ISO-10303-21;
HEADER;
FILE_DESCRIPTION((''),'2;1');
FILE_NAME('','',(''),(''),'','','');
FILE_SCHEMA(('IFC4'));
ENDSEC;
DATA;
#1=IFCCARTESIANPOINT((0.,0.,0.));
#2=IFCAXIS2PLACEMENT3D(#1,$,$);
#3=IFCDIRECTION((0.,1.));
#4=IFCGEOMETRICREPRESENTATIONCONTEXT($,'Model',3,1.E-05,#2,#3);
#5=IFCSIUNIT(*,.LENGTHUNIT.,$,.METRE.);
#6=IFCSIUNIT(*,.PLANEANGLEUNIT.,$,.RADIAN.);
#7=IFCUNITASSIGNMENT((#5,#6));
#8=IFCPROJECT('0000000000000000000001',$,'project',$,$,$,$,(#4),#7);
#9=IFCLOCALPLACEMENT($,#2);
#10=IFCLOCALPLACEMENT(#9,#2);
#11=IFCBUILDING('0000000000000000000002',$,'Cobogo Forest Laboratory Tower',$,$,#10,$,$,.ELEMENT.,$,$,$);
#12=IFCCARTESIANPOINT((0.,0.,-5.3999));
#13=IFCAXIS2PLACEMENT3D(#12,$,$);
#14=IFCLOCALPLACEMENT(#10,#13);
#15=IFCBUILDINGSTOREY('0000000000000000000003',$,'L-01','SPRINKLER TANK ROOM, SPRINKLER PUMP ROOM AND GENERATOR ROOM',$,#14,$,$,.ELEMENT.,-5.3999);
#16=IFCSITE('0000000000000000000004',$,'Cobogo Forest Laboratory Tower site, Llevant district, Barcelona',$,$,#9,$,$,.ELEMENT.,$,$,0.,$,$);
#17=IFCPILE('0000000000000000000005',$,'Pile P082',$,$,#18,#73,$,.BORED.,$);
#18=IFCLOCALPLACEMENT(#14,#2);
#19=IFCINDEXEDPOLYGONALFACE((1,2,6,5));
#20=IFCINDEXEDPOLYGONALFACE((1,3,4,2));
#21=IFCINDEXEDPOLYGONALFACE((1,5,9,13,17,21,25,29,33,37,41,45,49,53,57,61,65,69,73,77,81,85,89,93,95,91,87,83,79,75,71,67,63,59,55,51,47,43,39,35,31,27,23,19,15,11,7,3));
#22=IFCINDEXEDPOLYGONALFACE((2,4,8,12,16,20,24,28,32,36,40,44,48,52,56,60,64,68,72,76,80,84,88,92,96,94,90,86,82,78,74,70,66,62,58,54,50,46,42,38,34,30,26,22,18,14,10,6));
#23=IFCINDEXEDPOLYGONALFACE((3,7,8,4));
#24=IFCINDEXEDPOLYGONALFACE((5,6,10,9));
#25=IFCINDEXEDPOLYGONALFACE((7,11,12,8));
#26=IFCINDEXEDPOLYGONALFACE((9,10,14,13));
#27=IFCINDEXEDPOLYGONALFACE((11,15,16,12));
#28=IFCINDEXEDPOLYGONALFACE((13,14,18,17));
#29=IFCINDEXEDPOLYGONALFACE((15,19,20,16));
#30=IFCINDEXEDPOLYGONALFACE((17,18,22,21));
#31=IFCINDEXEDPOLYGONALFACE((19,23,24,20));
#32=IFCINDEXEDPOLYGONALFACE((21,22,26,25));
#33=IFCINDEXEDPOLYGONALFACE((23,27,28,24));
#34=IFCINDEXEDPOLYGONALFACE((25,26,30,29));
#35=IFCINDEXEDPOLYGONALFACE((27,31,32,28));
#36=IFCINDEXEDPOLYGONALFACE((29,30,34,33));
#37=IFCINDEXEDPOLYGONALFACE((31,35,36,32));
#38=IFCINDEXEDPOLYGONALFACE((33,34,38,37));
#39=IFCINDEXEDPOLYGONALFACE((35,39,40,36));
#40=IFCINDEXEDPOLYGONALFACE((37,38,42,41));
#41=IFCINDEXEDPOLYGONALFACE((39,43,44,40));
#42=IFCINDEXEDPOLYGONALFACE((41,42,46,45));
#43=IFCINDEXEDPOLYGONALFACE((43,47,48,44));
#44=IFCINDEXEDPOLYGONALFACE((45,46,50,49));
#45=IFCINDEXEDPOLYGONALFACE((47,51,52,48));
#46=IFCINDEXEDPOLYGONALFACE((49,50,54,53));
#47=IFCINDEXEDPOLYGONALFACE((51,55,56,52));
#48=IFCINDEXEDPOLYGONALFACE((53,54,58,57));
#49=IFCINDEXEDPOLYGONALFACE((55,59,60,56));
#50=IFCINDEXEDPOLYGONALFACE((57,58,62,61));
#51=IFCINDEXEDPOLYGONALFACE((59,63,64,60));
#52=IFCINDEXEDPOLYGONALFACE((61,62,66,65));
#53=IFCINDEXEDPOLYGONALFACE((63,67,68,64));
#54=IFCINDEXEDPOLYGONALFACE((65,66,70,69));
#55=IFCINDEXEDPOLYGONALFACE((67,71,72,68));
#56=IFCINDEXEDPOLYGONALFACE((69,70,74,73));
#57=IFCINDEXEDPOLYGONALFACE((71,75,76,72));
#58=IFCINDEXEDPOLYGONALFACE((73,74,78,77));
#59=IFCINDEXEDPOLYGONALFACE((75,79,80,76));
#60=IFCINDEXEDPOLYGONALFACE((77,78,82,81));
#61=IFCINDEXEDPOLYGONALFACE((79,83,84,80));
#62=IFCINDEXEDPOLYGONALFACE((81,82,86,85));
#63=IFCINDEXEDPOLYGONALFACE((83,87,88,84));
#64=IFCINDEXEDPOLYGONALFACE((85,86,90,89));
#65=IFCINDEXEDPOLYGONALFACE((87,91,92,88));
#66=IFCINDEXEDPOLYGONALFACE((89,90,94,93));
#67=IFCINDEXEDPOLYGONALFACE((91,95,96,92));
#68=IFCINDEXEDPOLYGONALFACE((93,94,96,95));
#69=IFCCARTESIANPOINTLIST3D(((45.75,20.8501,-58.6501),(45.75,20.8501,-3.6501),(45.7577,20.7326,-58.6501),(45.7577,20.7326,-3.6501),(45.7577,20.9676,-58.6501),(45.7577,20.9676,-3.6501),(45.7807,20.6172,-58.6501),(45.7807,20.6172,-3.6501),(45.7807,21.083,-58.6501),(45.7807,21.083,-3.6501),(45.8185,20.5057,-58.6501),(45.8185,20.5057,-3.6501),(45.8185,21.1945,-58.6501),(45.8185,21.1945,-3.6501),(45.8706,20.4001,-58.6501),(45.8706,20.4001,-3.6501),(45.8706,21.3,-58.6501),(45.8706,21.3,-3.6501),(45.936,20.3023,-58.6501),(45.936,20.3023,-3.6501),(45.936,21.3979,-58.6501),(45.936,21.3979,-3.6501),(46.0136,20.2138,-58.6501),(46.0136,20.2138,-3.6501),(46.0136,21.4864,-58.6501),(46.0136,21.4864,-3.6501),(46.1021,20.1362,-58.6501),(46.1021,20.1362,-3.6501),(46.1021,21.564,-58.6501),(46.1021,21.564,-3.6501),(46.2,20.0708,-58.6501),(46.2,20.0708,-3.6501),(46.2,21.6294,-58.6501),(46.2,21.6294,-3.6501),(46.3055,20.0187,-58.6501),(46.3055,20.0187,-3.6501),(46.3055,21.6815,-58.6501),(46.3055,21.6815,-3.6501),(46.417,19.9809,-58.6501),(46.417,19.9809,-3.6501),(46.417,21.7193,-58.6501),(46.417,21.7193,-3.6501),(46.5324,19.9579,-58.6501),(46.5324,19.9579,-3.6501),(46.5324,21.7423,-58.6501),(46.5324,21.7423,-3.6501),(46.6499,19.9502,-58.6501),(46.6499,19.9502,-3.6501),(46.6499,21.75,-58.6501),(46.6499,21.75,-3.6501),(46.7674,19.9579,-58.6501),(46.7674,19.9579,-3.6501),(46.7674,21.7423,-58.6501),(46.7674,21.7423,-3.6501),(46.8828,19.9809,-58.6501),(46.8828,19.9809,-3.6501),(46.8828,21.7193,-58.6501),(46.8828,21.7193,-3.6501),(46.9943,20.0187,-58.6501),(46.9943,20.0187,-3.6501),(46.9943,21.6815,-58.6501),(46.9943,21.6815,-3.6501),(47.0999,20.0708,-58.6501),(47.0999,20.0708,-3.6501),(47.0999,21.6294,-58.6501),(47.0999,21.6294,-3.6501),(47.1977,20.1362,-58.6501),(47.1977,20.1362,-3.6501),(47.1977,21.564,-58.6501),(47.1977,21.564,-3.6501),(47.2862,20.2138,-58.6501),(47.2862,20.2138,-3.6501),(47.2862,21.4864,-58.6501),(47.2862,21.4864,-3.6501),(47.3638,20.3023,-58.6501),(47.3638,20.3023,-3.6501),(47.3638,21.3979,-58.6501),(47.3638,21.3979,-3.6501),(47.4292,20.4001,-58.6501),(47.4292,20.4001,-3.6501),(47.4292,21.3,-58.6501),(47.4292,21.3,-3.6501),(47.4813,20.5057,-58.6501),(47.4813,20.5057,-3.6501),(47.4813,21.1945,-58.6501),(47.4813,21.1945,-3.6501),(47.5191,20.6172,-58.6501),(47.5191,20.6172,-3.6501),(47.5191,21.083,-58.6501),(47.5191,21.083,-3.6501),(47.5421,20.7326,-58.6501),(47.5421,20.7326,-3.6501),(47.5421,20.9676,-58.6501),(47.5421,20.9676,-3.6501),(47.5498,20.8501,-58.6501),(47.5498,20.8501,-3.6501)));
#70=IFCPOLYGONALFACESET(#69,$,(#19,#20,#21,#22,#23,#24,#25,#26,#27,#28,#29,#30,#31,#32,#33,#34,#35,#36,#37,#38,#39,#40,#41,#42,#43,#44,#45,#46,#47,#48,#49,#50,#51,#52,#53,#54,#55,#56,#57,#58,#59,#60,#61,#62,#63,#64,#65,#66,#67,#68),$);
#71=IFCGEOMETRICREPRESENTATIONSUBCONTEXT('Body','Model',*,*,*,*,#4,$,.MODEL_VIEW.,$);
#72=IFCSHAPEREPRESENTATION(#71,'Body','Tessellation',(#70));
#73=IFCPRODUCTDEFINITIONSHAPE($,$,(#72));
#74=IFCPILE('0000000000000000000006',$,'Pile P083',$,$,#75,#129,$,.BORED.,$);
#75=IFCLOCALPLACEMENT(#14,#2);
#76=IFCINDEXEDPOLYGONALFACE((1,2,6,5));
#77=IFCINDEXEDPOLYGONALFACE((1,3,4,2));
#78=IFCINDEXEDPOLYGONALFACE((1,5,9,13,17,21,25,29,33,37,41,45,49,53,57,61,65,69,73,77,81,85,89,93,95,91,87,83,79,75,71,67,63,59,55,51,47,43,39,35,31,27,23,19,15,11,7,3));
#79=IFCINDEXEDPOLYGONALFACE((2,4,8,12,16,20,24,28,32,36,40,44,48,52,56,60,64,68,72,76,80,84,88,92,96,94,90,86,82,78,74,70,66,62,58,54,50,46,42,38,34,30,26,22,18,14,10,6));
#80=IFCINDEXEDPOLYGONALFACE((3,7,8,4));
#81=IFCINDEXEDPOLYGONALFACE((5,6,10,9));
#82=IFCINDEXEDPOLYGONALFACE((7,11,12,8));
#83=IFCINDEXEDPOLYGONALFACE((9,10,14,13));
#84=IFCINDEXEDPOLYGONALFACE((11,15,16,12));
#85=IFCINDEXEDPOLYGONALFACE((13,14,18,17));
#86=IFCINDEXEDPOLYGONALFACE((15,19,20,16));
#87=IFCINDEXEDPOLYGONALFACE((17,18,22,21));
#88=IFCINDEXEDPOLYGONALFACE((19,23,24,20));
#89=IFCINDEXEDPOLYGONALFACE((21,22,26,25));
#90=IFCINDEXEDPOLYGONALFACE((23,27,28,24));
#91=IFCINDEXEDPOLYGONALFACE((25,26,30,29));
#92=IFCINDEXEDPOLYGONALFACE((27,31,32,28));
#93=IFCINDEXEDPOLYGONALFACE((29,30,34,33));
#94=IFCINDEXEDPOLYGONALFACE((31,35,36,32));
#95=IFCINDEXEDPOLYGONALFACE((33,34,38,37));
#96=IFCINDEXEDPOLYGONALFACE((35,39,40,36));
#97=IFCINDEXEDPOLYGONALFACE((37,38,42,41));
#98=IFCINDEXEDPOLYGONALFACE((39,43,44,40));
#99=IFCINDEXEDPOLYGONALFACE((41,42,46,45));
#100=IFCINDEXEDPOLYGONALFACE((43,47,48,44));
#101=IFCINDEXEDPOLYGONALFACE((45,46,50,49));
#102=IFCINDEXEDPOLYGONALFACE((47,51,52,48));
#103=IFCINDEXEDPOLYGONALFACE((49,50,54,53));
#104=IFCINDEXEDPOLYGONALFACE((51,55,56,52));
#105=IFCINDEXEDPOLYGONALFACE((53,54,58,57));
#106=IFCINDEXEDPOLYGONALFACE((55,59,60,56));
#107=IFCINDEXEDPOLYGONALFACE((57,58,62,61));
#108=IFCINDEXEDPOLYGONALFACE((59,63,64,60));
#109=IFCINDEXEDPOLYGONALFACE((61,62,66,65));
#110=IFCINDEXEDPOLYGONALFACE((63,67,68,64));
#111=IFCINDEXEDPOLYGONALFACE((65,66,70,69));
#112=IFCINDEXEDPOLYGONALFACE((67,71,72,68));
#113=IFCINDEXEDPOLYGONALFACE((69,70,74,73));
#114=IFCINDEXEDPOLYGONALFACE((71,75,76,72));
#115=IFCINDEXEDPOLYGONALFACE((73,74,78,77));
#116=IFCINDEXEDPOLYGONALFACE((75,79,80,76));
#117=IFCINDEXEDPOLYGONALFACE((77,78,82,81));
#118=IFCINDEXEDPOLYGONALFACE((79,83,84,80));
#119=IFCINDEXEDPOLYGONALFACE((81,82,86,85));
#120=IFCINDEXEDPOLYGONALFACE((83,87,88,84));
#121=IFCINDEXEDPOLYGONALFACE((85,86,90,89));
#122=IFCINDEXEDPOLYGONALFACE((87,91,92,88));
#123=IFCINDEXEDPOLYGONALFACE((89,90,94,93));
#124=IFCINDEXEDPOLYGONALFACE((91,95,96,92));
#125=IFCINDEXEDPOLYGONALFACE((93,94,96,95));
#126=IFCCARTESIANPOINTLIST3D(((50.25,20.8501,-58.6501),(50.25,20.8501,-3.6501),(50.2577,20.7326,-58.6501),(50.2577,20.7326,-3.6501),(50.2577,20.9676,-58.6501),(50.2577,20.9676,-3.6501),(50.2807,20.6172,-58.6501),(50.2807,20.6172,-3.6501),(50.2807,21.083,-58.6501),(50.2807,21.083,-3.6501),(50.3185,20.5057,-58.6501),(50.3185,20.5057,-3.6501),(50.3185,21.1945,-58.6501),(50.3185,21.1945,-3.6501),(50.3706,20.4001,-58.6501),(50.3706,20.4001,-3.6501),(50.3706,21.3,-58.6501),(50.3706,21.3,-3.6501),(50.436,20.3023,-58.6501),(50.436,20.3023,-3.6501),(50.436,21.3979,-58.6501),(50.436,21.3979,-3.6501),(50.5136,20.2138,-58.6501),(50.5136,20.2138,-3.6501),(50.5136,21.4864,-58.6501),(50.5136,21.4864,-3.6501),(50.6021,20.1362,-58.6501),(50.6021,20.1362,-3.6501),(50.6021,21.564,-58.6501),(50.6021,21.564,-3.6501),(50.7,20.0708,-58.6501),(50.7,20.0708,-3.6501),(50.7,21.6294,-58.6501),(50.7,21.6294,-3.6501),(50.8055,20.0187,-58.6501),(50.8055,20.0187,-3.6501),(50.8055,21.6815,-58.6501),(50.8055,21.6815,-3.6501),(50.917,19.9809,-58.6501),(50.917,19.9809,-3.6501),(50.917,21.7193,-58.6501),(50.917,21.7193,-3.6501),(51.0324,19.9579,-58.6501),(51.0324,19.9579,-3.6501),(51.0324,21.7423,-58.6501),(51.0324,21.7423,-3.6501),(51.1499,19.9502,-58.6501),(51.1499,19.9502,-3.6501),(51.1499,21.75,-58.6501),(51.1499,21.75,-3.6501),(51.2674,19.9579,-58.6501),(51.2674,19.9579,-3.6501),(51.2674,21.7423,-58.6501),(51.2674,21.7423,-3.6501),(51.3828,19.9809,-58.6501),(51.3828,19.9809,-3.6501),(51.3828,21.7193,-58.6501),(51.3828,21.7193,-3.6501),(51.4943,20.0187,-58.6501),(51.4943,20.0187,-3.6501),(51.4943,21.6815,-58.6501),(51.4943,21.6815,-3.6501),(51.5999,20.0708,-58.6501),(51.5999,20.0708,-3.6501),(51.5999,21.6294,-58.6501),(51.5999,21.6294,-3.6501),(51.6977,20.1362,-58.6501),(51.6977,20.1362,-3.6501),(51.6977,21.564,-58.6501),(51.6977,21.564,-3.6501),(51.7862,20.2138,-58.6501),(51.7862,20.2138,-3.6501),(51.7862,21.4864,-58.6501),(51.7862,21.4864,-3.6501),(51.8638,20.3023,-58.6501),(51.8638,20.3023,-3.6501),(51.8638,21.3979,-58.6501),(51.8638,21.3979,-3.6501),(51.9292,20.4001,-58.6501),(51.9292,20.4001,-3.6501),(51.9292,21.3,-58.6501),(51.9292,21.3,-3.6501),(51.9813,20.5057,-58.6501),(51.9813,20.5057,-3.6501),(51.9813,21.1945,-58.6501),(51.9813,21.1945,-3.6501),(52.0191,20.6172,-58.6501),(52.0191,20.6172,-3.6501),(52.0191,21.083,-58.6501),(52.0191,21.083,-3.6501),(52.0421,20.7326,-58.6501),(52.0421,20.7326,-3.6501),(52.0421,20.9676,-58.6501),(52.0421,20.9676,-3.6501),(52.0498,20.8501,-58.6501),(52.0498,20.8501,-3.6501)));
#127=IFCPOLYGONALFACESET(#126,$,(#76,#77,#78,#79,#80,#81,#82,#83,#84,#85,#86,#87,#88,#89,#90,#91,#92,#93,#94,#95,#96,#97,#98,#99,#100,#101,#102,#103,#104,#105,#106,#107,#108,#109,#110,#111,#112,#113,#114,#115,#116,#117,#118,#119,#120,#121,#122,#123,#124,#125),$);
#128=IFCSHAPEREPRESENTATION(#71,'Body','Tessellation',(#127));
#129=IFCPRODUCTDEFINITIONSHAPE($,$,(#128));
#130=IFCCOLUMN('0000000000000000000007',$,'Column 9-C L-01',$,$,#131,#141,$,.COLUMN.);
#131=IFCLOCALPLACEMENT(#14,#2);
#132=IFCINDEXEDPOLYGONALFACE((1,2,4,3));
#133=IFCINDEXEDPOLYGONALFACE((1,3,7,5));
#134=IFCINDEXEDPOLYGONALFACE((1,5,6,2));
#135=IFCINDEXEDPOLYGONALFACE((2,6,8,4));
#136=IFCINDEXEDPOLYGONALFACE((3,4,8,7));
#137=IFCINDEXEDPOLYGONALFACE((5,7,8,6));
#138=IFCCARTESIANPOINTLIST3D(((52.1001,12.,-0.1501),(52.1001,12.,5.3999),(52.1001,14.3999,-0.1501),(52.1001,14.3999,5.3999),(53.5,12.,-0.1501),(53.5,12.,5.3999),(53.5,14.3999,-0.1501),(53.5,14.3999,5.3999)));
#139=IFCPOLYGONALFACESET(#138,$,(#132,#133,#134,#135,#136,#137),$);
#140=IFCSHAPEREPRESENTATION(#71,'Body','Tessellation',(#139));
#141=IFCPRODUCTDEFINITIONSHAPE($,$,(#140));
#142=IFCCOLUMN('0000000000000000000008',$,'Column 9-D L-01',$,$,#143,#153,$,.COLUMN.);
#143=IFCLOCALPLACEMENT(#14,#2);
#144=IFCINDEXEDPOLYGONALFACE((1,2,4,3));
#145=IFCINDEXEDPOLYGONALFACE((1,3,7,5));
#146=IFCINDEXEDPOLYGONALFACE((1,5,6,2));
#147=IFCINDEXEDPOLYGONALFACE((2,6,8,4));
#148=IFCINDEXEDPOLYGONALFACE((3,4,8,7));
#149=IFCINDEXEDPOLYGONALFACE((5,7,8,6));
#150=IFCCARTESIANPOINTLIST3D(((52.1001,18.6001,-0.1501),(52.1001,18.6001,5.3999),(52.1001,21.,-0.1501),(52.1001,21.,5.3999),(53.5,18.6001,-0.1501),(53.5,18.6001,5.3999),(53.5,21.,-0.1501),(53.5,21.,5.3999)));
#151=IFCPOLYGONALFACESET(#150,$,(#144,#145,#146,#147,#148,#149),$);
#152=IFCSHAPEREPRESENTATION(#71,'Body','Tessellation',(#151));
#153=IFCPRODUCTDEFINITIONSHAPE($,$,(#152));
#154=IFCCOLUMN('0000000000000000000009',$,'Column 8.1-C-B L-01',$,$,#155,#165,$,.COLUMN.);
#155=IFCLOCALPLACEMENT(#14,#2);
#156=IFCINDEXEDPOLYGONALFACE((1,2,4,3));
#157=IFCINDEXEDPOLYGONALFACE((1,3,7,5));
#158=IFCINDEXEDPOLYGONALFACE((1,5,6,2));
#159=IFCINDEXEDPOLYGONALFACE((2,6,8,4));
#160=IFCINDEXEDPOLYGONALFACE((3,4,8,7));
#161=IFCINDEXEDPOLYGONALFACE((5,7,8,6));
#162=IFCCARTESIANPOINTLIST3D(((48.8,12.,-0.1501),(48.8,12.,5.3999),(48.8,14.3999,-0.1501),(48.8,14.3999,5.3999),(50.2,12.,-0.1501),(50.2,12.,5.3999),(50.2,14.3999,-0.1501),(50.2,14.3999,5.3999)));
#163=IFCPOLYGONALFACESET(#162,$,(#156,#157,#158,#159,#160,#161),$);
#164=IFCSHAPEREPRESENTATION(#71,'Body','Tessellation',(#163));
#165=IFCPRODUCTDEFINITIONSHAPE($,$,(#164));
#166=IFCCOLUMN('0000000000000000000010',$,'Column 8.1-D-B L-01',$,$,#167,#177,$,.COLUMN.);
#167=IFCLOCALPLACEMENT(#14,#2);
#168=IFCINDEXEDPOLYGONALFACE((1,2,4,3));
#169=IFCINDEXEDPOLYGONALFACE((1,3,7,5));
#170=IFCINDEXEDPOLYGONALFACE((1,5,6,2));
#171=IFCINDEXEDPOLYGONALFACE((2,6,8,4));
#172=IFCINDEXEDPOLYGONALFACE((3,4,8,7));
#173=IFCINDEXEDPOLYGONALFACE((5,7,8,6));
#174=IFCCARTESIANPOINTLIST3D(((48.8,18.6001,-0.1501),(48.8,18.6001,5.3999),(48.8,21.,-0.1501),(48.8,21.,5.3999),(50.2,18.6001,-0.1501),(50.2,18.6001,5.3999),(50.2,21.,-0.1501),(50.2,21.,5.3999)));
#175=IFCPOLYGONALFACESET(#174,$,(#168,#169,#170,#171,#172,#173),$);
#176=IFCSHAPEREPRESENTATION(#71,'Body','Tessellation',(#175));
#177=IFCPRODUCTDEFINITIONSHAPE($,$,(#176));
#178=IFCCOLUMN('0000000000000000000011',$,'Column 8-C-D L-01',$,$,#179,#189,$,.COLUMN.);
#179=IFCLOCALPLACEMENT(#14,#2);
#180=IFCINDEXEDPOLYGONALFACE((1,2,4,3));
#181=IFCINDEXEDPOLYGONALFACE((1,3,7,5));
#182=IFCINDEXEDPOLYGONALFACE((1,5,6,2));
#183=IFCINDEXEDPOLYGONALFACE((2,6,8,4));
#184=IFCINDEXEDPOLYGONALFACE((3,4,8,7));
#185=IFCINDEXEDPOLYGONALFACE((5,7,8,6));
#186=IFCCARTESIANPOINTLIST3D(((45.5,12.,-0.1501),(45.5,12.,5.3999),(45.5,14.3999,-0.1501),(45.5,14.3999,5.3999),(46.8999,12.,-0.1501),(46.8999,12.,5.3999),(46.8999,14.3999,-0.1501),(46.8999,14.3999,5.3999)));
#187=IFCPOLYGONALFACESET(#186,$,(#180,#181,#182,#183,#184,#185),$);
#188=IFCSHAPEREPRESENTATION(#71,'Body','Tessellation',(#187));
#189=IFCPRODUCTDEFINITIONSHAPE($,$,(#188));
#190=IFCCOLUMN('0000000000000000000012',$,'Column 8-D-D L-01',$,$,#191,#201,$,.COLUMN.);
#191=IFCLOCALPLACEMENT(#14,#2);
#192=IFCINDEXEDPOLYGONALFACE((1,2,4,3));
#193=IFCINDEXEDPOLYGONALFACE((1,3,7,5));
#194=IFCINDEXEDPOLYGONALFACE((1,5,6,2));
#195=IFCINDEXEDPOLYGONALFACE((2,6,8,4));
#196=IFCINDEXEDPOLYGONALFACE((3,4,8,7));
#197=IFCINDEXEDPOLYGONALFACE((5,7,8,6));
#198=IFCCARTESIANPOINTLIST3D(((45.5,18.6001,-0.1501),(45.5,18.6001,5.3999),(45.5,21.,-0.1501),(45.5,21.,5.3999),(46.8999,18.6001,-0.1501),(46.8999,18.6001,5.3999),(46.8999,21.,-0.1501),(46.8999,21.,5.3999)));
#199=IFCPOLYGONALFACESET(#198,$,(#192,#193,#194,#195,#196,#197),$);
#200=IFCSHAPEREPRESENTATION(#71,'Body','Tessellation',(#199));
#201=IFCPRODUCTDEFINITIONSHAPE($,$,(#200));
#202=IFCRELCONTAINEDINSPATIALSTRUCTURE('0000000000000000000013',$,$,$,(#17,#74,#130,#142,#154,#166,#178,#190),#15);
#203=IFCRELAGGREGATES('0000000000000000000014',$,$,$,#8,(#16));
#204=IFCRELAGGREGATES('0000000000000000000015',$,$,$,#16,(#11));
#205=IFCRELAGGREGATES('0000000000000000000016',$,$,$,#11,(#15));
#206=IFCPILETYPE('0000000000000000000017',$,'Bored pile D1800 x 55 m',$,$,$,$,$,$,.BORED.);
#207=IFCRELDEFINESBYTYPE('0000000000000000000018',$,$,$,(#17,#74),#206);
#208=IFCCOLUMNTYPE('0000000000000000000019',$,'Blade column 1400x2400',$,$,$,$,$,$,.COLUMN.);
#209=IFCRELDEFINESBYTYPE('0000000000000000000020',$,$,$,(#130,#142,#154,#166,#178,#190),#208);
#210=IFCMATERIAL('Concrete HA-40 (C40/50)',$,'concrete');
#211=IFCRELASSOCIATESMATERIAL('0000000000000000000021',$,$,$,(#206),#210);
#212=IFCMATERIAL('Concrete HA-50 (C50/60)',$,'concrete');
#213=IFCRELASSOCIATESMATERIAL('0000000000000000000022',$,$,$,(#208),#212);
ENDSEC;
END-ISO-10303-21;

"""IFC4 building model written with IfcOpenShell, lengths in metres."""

from ifc_helpers import new_model, si_unit, direction, frame, origin, origin_2d, place, context, subcontext, project, spatial, rectangle, circle, extrude, material, material_profile, profile_set, type_object, element, save


model = new_model("IFC4")

# Units and contexts
model_context = context("Model", 3, precision=1e-05, world=origin(), true_north=direction((0.0, 1.0)))
body_context = subcontext(model_context, "Body", "Model", "MODEL_VIEW")
ifc_project = project(units=[si_unit("LENGTHUNIT", "METRE"), si_unit("PLANEANGLEUNIT", "RADIAN")], contexts=[model_context])

# Site, building, storey
site_placement = place(None, origin())
site = spatial("IfcSite", under=ifc_project, at=site_placement, Name="Cobogo Forest Laboratory Tower site, Llevant district, Barcelona", CompositionType="ELEMENT", RefElevation=0.0)
building_placement = place(site_placement, origin())
building = spatial("IfcBuilding", under=site, at=building_placement, Name="Cobogo Forest Laboratory Tower", CompositionType="ELEMENT")
storey_placement = place(building_placement, frame((0.0, 0.0, -5.3999)))
storey = spatial("IfcBuildingStorey", under=building, at=storey_placement, Name="L-01", Description="SPRINKLER TANK ROOM, SPRINKLER PUMP ROOM AND GENERATOR ROOM", CompositionType="ELEMENT", Elevation=-5.3999)

# Piles
ifc_material_1 = material(Name="Concrete HA-40 (C40/50)", Category="concrete")
ifc_material_profile_1 = material_profile(ifc_material_1, circle(Radius=0.8999, at=origin_2d()), Name="PILE D1800")
ifc_profile_set_1 = profile_set([ifc_material_profile_1], Name="Concrete HA-40 (C40/50)")
pile_type_1 = type_object("IfcPileType", Name="Bored pile D1800 x 55 m", PredefinedType="BORED", material=ifc_profile_set_1)
for number, where, z_axis, x_axis, name in (
    (1, (46.6499, 20.8501, -3.6501), (0.0, 0.0, -1.0), (1.0, 0.0, 0.0), "Pile P082"),
    (2, (51.1499, 20.8501, -3.6501), (0.0, 0.0, -1.0), (1.0, 0.0, 0.0), "Pile P083"),
):
    element("IfcPile", number, at=place(storey_placement, frame(where, z_axis=z_axis, x_axis=x_axis)), inside=storey, type_object=pile_type_1, Name=name, PredefinedType="BORED", context=body_context, shape_type="SweptSolid", body=[
        extrude(circle(Radius=0.8999, at=origin_2d()), origin(), (0.0, 0.0, 1.0), 55.0),
    ])

# Columns
ifc_material_2 = material(Name="Concrete HA-50 (C50/60)", Category="concrete")
ifc_material_profile_2 = material_profile(ifc_material_2, rectangle(XDim=2.3999, YDim=1.3999, at=origin_2d()), Name="RC 1400x2400")
ifc_profile_set_2 = profile_set([ifc_material_profile_2], Name="Concrete HA-50 (C50/60)")
column_type = type_object("IfcColumnType", Name="Blade column 1400x2400", PredefinedType="COLUMN", material=ifc_profile_set_2)
for number, where, z_axis, x_axis, name in (
    (3, (52.8, 13.2, -0.1501), (0.0, 0.0, 1.0), (0.0, 1.0, 0.0), "Column 9-C L-01"),
    (4, (52.8, 19.8, -0.1501), (0.0, 0.0, 1.0), (0.0, 1.0, 0.0), "Column 9-D L-01"),
    (5, (49.5, 13.2, -0.1501), (0.0, 0.0, 1.0), (0.0, 1.0, 0.0), "Column 8.1-C-B L-01"),
    (6, (49.5, 19.8, -0.1501), (0.0, 0.0, 1.0), (0.0, 1.0, 0.0), "Column 8.1-D-B L-01"),
    (7, (46.2, 13.2, -0.1501), (0.0, 0.0, 1.0), (0.0, 1.0, 0.0), "Column 8-C-D L-01"),
    (8, (46.2, 19.8, -0.1501), (0.0, 0.0, 1.0), (0.0, 1.0, 0.0), "Column 8-D-D L-01"),
):
    element("IfcColumn", number, at=place(storey_placement, frame(where, z_axis=z_axis, x_axis=x_axis)), inside=storey, type_object=column_type, Name=name, PredefinedType="COLUMN", context=body_context, shape_type="SweptSolid", body=[
        extrude(rectangle(XDim=2.3999, YDim=1.3999, at=origin_2d()), origin(), (0.0, 0.0, 1.0), 5.55),
    ])

save(model, "model.ifc")
